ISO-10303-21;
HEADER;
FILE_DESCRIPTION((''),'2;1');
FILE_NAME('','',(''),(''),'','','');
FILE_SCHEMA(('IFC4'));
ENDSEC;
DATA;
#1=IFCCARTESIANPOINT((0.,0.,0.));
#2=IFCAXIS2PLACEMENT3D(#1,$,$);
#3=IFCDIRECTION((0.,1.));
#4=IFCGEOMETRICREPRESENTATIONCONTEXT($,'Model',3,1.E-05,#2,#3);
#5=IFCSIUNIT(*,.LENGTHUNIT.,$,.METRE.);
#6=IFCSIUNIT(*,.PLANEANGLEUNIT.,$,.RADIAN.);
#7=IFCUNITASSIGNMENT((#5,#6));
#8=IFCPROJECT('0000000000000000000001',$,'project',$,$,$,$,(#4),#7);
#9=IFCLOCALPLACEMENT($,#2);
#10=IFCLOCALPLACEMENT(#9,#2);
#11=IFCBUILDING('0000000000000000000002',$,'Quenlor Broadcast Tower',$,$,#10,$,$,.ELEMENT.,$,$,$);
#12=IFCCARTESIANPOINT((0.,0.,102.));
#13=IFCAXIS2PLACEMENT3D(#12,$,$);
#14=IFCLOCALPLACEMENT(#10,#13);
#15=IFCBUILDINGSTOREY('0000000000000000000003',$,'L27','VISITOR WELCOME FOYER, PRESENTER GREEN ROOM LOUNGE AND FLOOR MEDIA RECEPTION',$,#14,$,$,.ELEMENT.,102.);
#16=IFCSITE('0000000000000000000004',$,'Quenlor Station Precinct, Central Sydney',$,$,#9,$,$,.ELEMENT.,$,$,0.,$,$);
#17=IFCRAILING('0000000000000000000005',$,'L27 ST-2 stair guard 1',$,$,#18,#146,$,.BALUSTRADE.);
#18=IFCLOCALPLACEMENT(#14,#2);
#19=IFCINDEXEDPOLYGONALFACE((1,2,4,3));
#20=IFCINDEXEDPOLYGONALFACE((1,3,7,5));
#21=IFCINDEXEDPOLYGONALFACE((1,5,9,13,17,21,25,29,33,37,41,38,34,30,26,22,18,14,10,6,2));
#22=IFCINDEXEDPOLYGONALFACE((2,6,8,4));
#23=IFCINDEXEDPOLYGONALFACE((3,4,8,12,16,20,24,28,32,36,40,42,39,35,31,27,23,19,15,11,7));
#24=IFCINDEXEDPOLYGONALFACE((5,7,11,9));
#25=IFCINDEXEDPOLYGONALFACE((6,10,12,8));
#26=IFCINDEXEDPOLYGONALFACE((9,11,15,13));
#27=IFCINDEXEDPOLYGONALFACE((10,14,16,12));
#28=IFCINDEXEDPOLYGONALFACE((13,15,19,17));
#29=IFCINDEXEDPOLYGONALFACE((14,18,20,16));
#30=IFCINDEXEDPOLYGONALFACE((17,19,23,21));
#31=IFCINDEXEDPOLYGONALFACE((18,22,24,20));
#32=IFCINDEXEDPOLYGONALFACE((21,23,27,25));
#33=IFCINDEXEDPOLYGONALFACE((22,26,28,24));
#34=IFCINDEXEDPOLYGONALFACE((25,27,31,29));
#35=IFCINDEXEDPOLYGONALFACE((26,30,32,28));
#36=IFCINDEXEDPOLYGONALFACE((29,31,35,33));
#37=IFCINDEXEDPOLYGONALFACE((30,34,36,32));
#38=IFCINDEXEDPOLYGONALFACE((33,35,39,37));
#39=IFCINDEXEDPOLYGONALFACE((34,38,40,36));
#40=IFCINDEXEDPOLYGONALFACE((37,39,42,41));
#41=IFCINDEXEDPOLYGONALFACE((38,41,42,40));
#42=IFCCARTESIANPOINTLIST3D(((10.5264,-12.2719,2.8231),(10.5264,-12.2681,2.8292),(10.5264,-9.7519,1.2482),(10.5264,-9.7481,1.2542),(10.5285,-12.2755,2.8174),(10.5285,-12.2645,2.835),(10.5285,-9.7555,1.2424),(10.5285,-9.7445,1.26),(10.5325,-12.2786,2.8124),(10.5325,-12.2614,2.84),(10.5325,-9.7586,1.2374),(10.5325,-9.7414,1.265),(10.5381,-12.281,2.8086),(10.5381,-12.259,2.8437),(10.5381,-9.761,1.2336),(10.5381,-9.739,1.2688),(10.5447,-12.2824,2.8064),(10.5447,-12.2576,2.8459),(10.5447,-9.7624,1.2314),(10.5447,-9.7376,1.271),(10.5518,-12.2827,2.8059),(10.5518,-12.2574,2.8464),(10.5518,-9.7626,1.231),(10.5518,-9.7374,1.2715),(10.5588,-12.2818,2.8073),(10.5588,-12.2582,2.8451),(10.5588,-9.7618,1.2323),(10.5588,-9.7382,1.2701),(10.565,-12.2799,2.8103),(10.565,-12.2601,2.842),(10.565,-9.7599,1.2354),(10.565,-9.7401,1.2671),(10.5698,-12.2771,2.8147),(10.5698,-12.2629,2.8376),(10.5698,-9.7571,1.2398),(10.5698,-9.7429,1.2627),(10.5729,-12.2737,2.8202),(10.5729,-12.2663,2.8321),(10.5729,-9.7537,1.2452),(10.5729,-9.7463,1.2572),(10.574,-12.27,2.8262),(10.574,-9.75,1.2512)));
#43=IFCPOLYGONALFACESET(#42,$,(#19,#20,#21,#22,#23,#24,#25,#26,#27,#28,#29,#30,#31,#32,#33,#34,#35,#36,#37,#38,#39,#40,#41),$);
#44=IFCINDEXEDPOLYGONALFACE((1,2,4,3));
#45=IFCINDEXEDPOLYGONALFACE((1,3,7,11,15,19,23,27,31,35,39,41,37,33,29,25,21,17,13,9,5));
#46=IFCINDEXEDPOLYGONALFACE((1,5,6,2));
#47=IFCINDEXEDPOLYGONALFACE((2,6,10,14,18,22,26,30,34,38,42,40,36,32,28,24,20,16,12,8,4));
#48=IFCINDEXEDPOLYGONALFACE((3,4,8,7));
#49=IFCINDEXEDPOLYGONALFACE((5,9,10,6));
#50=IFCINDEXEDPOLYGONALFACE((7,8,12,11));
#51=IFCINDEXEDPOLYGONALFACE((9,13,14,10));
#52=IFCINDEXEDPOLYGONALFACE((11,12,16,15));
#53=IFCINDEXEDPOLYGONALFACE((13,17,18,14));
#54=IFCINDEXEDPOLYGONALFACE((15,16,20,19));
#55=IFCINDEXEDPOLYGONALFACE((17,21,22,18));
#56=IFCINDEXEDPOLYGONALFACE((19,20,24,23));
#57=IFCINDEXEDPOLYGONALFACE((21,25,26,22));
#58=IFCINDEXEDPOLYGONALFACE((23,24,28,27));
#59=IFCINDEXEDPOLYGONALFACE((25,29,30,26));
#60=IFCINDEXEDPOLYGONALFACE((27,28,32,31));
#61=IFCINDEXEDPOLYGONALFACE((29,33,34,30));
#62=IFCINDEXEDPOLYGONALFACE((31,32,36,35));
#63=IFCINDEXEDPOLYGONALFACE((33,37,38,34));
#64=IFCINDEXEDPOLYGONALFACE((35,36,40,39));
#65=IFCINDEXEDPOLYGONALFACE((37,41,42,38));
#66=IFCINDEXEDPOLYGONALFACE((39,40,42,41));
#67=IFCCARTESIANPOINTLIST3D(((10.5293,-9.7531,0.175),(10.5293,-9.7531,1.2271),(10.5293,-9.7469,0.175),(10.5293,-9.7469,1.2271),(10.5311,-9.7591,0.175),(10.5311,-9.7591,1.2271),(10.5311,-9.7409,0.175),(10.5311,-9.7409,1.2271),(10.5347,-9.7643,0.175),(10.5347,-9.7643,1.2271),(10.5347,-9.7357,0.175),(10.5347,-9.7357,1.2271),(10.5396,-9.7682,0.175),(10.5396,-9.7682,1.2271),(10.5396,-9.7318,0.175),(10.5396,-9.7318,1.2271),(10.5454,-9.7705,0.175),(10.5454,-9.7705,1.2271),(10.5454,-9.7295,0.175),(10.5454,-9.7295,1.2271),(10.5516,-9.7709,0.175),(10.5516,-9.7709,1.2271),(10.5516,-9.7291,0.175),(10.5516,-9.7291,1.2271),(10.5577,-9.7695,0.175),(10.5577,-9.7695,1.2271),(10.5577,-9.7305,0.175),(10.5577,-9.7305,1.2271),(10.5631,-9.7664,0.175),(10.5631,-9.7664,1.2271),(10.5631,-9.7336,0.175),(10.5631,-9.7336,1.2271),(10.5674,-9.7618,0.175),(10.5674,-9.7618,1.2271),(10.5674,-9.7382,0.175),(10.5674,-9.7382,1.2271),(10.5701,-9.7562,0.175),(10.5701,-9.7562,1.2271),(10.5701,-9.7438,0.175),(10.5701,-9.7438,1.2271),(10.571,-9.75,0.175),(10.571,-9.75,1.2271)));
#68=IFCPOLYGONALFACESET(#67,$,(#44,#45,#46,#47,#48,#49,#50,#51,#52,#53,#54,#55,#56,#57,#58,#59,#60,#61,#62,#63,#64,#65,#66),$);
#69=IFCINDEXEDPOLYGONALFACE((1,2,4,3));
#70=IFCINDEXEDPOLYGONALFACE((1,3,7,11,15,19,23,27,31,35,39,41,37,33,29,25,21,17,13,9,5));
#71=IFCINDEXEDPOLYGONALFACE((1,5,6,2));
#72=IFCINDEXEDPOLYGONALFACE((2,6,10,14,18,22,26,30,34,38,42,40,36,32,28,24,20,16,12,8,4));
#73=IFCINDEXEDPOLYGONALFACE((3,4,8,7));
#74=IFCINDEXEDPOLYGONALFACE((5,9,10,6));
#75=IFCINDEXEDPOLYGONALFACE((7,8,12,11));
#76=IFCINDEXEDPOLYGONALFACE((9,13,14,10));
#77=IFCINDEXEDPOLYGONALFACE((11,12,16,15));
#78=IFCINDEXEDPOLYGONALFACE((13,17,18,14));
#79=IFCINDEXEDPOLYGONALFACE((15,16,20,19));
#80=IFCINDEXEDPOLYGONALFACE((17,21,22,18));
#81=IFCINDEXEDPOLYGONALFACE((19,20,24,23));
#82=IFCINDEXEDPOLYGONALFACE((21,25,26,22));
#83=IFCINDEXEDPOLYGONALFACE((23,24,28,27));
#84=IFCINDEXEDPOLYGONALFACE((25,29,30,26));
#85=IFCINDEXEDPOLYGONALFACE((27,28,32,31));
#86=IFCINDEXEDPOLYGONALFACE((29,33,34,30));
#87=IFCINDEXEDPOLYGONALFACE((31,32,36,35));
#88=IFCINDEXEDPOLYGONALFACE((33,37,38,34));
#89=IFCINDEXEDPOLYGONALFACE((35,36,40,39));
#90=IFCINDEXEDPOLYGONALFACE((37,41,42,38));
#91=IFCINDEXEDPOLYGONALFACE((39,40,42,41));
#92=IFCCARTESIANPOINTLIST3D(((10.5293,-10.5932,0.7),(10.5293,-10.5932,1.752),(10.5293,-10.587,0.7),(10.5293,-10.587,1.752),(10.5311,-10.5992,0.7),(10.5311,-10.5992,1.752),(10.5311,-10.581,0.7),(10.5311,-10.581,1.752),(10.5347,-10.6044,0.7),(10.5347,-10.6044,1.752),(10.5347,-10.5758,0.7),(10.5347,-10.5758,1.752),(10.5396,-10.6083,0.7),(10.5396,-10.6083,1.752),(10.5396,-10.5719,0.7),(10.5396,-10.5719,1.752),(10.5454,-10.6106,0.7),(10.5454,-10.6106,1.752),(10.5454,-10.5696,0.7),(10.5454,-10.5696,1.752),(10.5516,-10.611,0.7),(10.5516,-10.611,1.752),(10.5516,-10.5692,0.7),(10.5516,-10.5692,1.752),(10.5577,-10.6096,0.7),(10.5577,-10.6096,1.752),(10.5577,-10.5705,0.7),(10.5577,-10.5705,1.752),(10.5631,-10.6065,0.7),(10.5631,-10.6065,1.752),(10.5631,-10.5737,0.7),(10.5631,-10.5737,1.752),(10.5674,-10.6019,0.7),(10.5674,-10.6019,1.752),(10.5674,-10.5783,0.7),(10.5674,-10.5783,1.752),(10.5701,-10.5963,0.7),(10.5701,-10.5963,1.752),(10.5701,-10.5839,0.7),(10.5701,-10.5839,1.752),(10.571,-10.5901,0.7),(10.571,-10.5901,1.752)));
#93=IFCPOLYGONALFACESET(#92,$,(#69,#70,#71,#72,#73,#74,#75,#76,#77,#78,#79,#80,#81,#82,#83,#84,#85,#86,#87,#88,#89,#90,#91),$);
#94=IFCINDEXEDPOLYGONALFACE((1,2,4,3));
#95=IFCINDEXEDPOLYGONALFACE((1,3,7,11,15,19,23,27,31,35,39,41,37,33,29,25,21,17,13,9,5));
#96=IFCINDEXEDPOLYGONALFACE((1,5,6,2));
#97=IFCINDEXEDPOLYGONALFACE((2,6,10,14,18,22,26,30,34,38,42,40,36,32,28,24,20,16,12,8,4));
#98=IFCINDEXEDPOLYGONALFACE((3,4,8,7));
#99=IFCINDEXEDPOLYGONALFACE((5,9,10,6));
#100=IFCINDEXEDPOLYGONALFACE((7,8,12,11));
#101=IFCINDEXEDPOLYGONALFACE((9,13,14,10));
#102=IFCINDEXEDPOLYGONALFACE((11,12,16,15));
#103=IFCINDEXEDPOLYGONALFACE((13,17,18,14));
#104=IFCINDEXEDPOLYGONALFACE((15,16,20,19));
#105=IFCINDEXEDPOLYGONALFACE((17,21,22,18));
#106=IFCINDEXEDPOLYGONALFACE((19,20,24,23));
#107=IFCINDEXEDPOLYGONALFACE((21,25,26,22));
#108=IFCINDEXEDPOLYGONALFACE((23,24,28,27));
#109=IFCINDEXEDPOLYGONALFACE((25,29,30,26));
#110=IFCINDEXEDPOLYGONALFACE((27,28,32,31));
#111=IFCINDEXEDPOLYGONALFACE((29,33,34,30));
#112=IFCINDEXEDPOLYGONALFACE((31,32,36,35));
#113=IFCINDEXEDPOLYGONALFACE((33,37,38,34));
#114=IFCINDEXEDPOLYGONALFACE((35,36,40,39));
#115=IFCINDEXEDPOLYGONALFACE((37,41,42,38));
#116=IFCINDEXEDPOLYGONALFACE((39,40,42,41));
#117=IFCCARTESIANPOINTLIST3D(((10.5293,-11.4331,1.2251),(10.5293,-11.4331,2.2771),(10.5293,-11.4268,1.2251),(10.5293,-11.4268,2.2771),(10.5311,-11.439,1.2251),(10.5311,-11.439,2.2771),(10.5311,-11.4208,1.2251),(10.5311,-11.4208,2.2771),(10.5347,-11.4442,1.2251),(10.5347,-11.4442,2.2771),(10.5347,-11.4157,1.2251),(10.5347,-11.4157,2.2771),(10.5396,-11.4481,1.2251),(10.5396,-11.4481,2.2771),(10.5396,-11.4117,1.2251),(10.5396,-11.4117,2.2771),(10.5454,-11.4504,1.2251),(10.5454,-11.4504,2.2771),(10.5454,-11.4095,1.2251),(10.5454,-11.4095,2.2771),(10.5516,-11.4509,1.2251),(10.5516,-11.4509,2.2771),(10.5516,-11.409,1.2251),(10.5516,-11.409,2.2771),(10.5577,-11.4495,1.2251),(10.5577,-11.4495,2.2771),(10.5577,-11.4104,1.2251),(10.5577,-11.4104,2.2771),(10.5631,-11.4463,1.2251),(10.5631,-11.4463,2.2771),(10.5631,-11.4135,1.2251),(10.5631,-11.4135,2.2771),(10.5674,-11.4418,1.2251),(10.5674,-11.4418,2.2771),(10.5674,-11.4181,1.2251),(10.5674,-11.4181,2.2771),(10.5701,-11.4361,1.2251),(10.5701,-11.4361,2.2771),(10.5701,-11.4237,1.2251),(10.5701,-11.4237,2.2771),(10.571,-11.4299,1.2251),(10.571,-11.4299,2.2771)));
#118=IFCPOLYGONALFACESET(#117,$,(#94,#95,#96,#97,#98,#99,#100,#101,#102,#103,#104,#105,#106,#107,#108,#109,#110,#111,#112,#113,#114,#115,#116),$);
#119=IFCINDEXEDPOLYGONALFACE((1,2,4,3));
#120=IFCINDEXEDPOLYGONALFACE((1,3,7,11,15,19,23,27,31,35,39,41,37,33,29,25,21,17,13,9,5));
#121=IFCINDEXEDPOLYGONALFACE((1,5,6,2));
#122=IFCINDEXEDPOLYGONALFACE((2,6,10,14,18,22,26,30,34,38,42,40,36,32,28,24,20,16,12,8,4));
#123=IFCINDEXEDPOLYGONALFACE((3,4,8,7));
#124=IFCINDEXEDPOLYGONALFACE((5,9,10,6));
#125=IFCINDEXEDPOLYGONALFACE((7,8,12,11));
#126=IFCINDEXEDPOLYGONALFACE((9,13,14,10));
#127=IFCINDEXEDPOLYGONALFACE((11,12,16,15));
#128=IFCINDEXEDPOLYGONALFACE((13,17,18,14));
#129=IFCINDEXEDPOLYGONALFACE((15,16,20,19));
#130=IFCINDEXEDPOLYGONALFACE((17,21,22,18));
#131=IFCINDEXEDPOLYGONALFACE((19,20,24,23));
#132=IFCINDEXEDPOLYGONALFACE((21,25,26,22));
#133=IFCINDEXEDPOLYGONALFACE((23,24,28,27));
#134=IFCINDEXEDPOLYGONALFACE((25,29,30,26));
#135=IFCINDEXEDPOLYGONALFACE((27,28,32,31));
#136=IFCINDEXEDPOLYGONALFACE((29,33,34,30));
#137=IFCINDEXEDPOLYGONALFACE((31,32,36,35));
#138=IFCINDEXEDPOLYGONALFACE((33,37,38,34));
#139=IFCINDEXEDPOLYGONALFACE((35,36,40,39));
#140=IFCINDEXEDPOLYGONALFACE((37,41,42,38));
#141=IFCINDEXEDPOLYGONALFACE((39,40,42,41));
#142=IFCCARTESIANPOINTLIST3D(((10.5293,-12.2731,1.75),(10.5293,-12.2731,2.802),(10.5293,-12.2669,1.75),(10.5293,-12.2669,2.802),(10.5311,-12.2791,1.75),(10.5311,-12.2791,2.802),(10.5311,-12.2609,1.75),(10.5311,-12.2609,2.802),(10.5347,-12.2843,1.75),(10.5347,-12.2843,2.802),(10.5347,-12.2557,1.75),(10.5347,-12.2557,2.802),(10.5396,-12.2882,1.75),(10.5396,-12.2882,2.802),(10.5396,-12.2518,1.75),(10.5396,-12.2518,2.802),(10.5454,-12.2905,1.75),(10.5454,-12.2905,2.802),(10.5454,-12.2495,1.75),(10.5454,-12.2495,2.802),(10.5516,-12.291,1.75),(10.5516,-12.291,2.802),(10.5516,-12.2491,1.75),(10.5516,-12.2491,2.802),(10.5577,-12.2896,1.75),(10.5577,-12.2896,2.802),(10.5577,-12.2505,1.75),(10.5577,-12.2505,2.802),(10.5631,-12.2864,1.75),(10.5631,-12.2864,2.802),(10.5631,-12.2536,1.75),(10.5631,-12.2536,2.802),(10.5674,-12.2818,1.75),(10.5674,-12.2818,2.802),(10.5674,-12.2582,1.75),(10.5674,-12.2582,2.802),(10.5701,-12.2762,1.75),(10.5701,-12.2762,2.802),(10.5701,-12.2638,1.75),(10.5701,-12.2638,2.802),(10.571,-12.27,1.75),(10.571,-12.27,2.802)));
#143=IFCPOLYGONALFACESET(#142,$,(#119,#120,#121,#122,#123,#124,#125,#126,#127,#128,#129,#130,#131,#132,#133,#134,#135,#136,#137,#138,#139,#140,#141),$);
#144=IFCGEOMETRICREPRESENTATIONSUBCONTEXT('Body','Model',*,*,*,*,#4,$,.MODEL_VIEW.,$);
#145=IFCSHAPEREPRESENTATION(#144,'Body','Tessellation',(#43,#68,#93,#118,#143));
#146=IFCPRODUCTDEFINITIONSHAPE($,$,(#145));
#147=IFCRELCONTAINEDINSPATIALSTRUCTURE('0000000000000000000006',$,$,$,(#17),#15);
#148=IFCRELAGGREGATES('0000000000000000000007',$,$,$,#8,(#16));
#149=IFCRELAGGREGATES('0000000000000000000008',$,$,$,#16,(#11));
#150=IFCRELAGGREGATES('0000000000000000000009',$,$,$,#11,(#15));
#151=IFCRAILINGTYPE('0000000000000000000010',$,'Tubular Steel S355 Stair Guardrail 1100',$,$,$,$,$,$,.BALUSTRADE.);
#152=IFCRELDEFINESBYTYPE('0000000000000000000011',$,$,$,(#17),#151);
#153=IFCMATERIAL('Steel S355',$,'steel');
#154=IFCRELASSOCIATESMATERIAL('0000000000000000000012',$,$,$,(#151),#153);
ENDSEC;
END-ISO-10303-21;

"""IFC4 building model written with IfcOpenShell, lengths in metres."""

from ifc_helpers import new_model, si_unit, direction, frame, origin, origin_2d, place, context, subcontext, project, spatial, circle, extrude, material, type_object, element, save


model = new_model("IFC4")

# Units and contexts
model_context = context("Model", 3, precision=1e-05, world=origin(), true_north=direction((0.0, 1.0)))
body_context = subcontext(model_context, "Body", "Model", "MODEL_VIEW")
ifc_project = project(units=[si_unit("LENGTHUNIT", "METRE"), si_unit("PLANEANGLEUNIT", "RADIAN")], contexts=[model_context])

# Site, building, storey
site_placement = place(None, origin())
site = spatial("IfcSite", under=ifc_project, at=site_placement, Name="Quenlor Station Precinct, Central Sydney", CompositionType="ELEMENT", RefElevation=0.0)
building_placement = place(site_placement, origin())
building = spatial("IfcBuilding", under=site, at=building_placement, Name="Quenlor Broadcast Tower", CompositionType="ELEMENT")
storey_placement = place(building_placement, frame((0.0, 0.0, 102.0)))
storey = spatial("IfcBuildingStorey", under=building, at=storey_placement, Name="L27", Description="VISITOR WELCOME FOYER, PRESENTER GREEN ROOM LOUNGE AND FLOOR MEDIA RECEPTION", CompositionType="ELEMENT", Elevation=102.0)

# Railing
ifc_material_1 = material(Name="Steel S355", Category="steel")
railing_type_1 = type_object("IfcRailingType", Name="Tubular Steel S355 Stair Guardrail 1100", PredefinedType="BALUSTRADE", material=ifc_material_1)
railing_1_placement = place(storey_placement, frame((10.55, -9.75, 0.175)))
element("IfcRailing", 1, at=railing_1_placement, inside=storey, type_object=railing_type_1, Name="L27 ST-2 stair guard 1", PredefinedType="BALUSTRADE", context=body_context, shape_type="SweptSolid", body=[
    extrude(circle(Radius=0.0239, at=origin_2d()), frame((0.0, 0.0, 1.0762), z_axis=(0.0, -0.848008, 0.529984), x_axis=(1.0, 0.0, 0.0)), (0.0, 0.0, 1.0), 2.9717),
    extrude(circle(Radius=0.021, at=origin_2d()), origin(), (0.0, 0.0, 1.0), 1.052),
    extrude(circle(Radius=0.021, at=origin_2d()), frame((0.0, -0.8401, 0.5249)), (0.0, 0.0, 1.0), 1.052),
    extrude(circle(Radius=0.021, at=origin_2d()), frame((0.0, -1.6799, 1.05)), (0.0, 0.0, 1.0), 1.052),
    extrude(circle(Radius=0.021, at=origin_2d()), frame((0.0, -2.52, 1.575)), (0.0, 0.0, 1.0), 1.052),
])

save(model, "model.ifc")
